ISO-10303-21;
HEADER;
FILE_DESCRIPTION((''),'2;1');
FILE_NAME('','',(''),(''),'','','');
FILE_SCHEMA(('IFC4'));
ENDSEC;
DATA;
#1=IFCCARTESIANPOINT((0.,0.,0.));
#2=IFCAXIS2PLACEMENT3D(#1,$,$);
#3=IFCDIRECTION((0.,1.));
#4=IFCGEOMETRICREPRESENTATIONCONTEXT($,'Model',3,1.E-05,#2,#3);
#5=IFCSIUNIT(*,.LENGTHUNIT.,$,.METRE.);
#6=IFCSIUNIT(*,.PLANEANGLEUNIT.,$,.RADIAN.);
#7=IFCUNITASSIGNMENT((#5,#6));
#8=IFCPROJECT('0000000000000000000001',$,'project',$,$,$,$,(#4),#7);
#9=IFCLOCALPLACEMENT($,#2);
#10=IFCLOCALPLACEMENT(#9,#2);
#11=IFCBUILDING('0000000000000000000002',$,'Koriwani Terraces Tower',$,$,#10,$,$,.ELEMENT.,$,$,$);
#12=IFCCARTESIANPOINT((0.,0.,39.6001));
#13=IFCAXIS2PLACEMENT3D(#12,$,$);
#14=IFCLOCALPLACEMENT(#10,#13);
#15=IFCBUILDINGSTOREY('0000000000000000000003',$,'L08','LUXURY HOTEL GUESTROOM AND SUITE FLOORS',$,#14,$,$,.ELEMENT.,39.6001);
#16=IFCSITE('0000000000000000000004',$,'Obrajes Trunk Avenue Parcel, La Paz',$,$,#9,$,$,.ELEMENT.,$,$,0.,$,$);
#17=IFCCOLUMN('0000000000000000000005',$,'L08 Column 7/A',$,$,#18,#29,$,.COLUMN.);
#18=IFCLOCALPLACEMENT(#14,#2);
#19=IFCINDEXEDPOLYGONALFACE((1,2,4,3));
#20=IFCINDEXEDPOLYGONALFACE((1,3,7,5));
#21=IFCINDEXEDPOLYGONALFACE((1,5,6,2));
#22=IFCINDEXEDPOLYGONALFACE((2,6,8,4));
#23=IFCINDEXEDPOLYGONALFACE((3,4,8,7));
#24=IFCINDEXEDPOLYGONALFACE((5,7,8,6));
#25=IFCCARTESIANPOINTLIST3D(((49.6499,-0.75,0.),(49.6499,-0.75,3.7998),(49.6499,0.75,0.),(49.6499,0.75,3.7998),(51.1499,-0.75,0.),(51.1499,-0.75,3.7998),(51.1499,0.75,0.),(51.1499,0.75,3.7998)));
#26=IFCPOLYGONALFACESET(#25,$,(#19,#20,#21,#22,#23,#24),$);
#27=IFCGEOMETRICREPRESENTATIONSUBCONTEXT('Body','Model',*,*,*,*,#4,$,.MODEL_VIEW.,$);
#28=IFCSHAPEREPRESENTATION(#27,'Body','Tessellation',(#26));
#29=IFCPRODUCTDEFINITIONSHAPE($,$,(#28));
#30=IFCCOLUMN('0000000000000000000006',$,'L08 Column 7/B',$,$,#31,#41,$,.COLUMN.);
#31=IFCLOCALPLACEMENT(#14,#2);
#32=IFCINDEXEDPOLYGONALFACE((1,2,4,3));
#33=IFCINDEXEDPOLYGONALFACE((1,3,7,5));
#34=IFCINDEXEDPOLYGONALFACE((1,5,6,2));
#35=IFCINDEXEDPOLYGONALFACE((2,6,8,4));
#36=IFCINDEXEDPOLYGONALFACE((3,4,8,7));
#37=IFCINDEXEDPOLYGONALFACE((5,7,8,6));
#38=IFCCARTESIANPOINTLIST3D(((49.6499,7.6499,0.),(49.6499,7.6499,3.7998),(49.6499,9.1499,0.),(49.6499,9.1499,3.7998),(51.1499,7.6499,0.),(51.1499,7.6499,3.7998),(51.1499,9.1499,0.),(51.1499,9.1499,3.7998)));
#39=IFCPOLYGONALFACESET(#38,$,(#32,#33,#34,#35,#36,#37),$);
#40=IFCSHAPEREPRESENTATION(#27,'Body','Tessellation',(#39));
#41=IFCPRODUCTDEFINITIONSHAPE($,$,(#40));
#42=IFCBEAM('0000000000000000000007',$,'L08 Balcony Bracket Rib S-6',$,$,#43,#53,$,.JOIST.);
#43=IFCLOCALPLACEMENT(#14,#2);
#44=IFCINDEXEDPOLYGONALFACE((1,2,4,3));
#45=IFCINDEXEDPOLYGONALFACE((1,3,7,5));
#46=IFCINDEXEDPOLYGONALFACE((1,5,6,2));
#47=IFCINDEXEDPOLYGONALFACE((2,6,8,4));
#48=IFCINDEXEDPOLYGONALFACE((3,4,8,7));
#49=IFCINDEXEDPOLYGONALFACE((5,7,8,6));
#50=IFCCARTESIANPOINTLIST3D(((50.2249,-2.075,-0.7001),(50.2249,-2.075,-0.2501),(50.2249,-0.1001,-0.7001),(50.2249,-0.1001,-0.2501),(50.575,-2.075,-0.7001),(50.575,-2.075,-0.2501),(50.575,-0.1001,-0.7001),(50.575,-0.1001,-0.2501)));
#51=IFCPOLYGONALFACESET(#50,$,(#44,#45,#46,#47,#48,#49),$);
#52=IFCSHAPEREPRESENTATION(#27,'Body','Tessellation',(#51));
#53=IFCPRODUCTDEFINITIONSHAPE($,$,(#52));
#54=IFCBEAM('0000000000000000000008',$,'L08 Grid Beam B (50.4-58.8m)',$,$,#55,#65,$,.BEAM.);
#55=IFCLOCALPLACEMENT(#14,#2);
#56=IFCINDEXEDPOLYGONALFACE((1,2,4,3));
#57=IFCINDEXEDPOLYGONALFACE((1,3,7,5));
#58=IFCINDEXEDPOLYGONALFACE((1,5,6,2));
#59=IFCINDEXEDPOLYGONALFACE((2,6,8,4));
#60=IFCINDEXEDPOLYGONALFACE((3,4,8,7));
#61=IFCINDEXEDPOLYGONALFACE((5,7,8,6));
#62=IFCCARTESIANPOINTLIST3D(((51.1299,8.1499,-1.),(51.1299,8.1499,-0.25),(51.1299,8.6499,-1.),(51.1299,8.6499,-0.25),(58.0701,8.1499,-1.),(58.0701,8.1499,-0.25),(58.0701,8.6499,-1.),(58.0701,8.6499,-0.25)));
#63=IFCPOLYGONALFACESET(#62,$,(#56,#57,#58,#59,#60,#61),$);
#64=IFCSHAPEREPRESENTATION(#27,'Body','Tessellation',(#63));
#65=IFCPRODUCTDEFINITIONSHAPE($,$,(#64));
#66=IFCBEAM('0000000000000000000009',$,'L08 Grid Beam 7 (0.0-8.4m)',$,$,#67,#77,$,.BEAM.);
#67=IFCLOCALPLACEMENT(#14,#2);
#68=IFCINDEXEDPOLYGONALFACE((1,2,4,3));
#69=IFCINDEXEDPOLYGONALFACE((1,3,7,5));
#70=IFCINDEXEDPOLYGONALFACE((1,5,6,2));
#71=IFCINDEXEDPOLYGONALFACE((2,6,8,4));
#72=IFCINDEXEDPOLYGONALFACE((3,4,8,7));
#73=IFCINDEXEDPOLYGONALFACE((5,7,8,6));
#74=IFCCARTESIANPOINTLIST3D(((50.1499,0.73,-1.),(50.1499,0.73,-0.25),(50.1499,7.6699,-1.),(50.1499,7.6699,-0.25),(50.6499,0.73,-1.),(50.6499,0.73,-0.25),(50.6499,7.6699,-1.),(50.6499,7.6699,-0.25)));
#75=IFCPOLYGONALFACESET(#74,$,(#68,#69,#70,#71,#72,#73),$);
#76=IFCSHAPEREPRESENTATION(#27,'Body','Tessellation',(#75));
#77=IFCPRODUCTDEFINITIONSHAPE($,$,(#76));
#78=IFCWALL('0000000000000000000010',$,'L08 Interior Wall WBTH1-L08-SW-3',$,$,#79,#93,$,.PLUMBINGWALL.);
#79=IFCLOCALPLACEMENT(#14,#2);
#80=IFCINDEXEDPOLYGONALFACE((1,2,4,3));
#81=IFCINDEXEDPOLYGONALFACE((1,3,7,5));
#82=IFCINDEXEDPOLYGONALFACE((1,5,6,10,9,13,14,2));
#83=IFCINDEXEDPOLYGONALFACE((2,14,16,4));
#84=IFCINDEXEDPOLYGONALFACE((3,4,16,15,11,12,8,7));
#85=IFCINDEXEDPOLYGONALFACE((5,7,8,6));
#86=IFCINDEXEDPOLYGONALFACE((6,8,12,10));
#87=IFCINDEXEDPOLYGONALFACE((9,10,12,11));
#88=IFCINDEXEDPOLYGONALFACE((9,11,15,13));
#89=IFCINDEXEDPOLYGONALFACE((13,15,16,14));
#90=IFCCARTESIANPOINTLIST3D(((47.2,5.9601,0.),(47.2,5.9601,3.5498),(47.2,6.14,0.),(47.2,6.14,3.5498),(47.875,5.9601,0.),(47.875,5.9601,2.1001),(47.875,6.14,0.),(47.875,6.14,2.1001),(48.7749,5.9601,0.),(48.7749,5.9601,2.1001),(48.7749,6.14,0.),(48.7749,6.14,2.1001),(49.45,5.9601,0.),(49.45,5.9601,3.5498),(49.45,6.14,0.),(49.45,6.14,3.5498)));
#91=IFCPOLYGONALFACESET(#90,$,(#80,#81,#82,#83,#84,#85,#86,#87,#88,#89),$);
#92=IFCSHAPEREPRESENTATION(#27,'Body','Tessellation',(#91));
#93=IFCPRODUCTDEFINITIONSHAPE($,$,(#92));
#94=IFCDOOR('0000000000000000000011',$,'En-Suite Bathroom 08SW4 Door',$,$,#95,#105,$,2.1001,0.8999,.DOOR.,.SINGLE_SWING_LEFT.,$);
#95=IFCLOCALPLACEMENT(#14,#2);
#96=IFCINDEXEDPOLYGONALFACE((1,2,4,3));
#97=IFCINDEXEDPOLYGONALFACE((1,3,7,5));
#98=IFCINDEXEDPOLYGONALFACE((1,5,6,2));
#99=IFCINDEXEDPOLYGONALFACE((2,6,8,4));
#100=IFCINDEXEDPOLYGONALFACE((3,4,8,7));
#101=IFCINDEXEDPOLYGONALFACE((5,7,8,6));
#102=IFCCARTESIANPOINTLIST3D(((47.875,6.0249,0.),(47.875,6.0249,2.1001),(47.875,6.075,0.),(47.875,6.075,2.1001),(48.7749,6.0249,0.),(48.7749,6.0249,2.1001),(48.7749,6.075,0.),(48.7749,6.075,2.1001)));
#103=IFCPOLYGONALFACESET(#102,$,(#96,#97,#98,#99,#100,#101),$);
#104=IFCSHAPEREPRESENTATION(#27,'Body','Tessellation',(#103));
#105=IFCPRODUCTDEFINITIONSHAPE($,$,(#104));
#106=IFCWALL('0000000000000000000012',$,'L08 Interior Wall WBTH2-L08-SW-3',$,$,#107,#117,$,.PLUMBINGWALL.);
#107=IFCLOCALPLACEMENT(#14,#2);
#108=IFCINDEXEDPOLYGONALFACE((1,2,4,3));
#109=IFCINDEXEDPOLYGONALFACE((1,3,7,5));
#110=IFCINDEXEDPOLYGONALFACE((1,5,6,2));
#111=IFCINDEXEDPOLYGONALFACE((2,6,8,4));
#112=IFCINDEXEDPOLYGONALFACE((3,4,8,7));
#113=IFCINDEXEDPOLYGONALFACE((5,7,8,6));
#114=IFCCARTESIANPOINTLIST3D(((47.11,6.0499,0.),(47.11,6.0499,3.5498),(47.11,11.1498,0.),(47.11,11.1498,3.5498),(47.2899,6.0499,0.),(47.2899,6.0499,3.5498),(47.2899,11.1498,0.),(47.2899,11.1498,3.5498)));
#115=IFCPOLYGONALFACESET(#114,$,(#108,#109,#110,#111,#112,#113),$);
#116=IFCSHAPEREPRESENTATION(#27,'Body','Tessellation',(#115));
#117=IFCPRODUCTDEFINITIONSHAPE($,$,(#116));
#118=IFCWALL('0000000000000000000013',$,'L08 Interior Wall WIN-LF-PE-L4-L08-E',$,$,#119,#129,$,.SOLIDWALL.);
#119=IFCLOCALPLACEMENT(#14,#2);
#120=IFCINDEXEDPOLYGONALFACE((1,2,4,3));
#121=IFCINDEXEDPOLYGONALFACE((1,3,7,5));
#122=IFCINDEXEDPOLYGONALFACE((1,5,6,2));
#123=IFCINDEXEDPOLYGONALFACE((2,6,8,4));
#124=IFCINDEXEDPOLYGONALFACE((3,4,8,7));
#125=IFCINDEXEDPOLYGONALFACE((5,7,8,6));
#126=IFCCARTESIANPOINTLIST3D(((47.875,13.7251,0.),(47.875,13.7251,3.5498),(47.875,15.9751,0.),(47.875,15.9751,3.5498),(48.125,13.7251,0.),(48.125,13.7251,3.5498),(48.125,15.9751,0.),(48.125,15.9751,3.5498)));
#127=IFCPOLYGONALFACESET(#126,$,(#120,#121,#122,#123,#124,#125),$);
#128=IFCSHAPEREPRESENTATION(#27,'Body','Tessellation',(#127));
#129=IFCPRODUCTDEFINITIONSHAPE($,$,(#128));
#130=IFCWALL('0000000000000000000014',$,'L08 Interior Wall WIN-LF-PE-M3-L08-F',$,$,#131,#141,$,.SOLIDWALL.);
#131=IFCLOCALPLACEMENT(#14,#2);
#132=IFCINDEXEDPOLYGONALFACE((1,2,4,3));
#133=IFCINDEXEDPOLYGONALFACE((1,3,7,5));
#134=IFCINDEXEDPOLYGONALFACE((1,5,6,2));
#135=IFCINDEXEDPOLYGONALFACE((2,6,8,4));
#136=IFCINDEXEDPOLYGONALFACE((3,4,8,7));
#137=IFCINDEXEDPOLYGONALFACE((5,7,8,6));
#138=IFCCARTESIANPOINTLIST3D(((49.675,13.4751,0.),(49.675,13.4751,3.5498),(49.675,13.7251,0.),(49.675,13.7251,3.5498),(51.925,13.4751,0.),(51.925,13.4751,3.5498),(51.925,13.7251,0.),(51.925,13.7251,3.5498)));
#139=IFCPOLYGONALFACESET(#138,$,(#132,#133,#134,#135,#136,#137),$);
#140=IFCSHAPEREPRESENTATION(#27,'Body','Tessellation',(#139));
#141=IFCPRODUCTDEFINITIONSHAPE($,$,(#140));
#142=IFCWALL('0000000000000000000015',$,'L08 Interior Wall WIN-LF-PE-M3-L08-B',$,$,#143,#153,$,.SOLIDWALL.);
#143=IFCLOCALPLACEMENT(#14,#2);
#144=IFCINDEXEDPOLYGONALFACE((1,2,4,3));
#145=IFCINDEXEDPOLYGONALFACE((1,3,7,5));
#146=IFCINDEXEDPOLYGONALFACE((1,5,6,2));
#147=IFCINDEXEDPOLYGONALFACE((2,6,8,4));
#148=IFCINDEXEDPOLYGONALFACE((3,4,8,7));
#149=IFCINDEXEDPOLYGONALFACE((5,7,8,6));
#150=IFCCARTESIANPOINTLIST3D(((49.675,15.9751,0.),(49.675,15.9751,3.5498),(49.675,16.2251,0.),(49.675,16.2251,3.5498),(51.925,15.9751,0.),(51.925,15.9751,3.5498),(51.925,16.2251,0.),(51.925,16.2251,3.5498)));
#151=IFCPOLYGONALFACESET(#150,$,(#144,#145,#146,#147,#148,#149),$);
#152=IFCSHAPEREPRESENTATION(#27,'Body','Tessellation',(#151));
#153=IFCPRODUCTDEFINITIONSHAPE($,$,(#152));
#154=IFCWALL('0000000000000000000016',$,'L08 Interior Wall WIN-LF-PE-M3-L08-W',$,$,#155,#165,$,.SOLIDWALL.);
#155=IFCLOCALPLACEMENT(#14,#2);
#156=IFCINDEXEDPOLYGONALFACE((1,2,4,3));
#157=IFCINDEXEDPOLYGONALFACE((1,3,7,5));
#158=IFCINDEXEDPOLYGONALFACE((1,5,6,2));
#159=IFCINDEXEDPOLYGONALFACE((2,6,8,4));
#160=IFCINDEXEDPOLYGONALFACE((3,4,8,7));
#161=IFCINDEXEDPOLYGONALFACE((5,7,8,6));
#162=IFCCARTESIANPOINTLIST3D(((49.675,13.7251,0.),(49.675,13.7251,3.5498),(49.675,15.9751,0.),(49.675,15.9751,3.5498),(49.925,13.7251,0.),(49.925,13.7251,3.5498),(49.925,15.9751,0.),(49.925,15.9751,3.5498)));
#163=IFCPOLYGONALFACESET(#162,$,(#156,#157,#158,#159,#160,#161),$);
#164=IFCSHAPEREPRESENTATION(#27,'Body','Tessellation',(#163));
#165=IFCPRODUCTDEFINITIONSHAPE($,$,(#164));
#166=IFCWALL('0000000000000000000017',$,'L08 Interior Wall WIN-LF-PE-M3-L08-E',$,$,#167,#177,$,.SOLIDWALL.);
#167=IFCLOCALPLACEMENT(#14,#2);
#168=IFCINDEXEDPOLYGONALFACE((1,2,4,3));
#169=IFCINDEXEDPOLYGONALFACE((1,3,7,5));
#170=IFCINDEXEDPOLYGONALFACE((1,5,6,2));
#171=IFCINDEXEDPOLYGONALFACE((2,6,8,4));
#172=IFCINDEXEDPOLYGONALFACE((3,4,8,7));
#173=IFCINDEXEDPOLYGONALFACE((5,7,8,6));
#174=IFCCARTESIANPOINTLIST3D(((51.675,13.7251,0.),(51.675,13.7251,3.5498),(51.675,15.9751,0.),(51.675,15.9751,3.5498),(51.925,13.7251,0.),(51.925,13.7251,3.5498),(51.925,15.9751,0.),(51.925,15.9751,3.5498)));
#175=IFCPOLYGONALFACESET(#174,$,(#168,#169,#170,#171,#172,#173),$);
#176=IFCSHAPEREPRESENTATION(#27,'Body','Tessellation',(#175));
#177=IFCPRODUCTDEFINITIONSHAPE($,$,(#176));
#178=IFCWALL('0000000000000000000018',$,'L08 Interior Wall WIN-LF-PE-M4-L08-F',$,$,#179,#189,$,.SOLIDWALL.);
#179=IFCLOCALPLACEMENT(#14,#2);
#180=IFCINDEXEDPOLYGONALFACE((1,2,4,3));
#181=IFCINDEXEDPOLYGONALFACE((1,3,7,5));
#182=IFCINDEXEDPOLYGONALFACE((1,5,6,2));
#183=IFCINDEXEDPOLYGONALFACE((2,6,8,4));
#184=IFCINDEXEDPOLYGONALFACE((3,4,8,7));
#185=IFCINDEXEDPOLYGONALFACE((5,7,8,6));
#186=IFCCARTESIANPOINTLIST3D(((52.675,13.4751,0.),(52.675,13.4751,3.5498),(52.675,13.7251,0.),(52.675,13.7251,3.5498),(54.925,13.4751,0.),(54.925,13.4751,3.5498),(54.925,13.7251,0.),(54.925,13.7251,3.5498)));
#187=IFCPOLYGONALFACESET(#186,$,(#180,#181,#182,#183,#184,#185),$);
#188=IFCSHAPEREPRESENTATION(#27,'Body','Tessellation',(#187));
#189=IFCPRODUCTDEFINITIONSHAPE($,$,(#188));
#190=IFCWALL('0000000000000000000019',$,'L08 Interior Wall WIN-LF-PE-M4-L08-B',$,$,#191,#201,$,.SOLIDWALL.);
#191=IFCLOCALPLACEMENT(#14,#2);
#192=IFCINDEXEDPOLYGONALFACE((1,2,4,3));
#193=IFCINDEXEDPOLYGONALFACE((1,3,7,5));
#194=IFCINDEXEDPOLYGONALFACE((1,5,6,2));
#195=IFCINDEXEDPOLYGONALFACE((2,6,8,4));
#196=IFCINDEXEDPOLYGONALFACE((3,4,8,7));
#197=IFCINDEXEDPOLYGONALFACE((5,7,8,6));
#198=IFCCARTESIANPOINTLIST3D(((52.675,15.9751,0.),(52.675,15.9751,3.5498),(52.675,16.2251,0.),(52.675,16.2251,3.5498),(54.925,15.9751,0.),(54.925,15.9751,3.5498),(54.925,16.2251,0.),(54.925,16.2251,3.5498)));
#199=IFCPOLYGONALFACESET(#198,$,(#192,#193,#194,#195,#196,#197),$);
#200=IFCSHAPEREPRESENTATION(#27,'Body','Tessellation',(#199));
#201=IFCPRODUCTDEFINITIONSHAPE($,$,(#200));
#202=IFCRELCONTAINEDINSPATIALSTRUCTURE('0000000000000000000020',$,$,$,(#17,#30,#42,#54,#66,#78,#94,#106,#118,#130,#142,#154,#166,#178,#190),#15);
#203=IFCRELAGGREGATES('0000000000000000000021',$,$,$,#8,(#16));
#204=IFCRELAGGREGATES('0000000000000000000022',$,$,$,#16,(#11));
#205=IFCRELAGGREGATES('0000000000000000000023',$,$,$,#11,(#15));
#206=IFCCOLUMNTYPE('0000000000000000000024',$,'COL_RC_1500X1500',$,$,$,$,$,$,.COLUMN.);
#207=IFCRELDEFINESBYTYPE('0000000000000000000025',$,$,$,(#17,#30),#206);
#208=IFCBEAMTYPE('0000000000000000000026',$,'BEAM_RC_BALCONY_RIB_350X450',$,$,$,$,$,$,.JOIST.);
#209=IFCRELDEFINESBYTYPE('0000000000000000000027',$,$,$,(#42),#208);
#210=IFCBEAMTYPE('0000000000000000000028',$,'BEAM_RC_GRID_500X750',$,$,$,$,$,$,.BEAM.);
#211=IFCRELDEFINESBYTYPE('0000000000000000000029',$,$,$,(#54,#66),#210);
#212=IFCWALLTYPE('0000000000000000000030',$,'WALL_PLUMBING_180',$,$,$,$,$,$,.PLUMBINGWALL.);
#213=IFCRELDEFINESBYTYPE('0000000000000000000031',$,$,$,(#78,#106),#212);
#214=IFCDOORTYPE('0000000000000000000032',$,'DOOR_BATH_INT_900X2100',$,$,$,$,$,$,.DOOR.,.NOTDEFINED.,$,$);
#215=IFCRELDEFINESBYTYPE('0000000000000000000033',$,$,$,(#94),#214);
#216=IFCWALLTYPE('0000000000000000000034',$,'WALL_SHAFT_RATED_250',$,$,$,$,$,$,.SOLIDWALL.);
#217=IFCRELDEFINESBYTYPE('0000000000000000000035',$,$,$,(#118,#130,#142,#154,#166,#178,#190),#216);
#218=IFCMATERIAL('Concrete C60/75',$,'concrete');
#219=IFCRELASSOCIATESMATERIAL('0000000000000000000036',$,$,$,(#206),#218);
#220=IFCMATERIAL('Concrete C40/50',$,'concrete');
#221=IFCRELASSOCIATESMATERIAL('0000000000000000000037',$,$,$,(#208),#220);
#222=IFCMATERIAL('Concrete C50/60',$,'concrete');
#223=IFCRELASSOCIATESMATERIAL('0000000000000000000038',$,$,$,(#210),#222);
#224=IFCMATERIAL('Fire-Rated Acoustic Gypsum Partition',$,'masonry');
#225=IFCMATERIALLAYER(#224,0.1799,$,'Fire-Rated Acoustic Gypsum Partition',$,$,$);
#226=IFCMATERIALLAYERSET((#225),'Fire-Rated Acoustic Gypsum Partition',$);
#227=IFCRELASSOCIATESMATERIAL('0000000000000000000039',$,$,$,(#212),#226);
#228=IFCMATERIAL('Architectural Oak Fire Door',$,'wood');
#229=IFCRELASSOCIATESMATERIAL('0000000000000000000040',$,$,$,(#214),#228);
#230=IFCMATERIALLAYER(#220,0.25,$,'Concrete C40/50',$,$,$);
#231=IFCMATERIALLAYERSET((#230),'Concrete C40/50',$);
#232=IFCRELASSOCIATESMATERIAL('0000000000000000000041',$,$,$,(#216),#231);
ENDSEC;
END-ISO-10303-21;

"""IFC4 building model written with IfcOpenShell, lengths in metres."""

from ifc_helpers import new_model, si_unit, direction, frame, frame_2d, origin, origin_2d, place, context, subcontext, project, spatial, rectangle, extrude, material, layer, layer_set, material_profile, profile_set, type_object, element, fill, save


model = new_model("IFC4")

# Units and contexts
model_context = context("Model", 3, precision=1e-05, world=origin(), true_north=direction((0.0, 1.0)))
body_context = subcontext(model_context, "Body", "Model", "MODEL_VIEW")
ifc_project = project(units=[si_unit("LENGTHUNIT", "METRE"), si_unit("PLANEANGLEUNIT", "RADIAN")], contexts=[model_context])

# Site, building, storey
site_placement = place(None, origin())
site = spatial("IfcSite", under=ifc_project, at=site_placement, Name="Obrajes Trunk Avenue Parcel, La Paz", CompositionType="ELEMENT", RefElevation=0.0)
building_placement = place(site_placement, origin())
building = spatial("IfcBuilding", under=site, at=building_placement, Name="Koriwani Terraces Tower", CompositionType="ELEMENT")
storey_placement = place(building_placement, frame((0.0, 0.0, 39.6001)))
storey = spatial("IfcBuildingStorey", under=building, at=storey_placement, Name="L08", Description="LUXURY HOTEL GUESTROOM AND SUITE FLOORS", CompositionType="ELEMENT", Elevation=39.6001)

# Columns
ifc_material_1 = material(Name="Concrete C60/75", Category="concrete")
ifc_material_profile_1 = material_profile(ifc_material_1, rectangle(XDim=1.5, YDim=1.5, at=origin_2d()), Name="Concrete C60/75", Category="LoadBearing")
ifc_profile_set_1 = profile_set([ifc_material_profile_1], Name="Concrete C60/75")
column_type = type_object("IfcColumnType", Name="COL_RC_1500X1500", PredefinedType="COLUMN", material=ifc_profile_set_1)
for number, where, z_axis, x_axis, name in (
    (1, (50.3999, 0.0, 0.0), (0.0, 0.0, 1.0), (1.0, 0.0, 0.0), "L08 Column 7/A"),
    (2, (50.3999, 8.3999, 0.0), (0.0, 0.0, 1.0), (1.0, 0.0, 0.0), "L08 Column 7/B"),
):
    element("IfcColumn", number, at=place(storey_placement, frame(where, z_axis=z_axis, x_axis=x_axis)), inside=storey, type_object=column_type, Name=name, PredefinedType="COLUMN", context=body_context, shape_type="SweptSolid", body=[
        extrude(rectangle(XDim=1.5, YDim=1.5, at=origin_2d()), origin(), (0.0, 0.0, 1.0), 3.7998),
    ])

# Beams
ifc_material_2 = material(Name="Concrete C40/50", Category="concrete")
ifc_material_profile_2 = material_profile(ifc_material_2, rectangle(XDim=0.3501, YDim=0.45, at=origin_2d()), Name="Concrete C40/50", Category="LoadBearing")
ifc_profile_set_2 = profile_set([ifc_material_profile_2], Name="Concrete C40/50")
beam_type_1 = type_object("IfcBeamType", Name="BEAM_RC_BALCONY_RIB_350X450", PredefinedType="JOIST", material=ifc_profile_set_2)
beam_1_placement = place(storey_placement, frame((50.3999, -2.075, -0.4751), z_axis=(0.0, 1.0, 0.0), x_axis=(-1.0, 0.0, 0.0)))
element("IfcBeam", 3, at=beam_1_placement, inside=storey, type_object=beam_type_1, Name="L08 Balcony Bracket Rib S-6", PredefinedType="JOIST", context=body_context, shape_type="SweptSolid", body=[
    extrude(rectangle(XDim=0.3501, YDim=0.45, at=origin_2d()), origin(), (0.0, 0.0, 1.0), 1.9749),
])
ifc_material_3 = material(Name="Concrete C50/60", Category="concrete")
ifc_material_profile_3 = material_profile(ifc_material_3, rectangle(XDim=0.5, YDim=0.75, at=origin_2d()), Name="Concrete C50/60", Category="LoadBearing")
ifc_profile_set_3 = profile_set([ifc_material_profile_3], Name="Concrete C50/60")
beam_type_2 = type_object("IfcBeamType", Name="BEAM_RC_GRID_500X750", PredefinedType="BEAM", material=ifc_profile_set_3)
beam_2_placement = place(storey_placement, frame((51.1299, 8.3999, -0.625), z_axis=(1.0, 0.0, 0.0), x_axis=(0.0, 1.0, 0.0)))
element("IfcBeam", 4, at=beam_2_placement, inside=storey, type_object=beam_type_2, Name="L08 Grid Beam B (50.4-58.8m)", PredefinedType="BEAM", context=body_context, shape_type="SweptSolid", body=[
    extrude(rectangle(XDim=0.5, YDim=0.75, at=origin_2d()), origin(), (0.0, 0.0, 1.0), 6.9402),
])
beam_3_placement = place(storey_placement, frame((50.3999, 0.73, -0.625), z_axis=(0.0, 1.0, 0.0), x_axis=(-1.0, 0.0, 0.0)))
element("IfcBeam", 5, at=beam_3_placement, inside=storey, type_object=beam_type_2, Name="L08 Grid Beam 7 (0.0-8.4m)", PredefinedType="BEAM", context=body_context, shape_type="SweptSolid", body=[
    extrude(rectangle(XDim=0.5, YDim=0.75, at=origin_2d()), origin(), (0.0, 0.0, 1.0), 6.9399),
])

# Wall, opening, door
ifc_material_4 = material(Name="Fire-Rated Acoustic Gypsum Partition", Category="masonry")
ifc_layer_1 = layer(ifc_material_4, 0.1799, Name="Fire-Rated Acoustic Gypsum Partition")
ifc_layer_set_1 = layer_set([ifc_layer_1], Name="Fire-Rated Acoustic Gypsum Partition")
wall_type_1 = type_object("IfcWallType", Name="WALL_PLUMBING_180", PredefinedType="PLUMBINGWALL", material=ifc_layer_set_1)
wall_1_placement = place(storey_placement, frame((47.2, 6.05, 0.0), z_axis=(0.0, 0.0, 1.0), x_axis=(1.0, 0.0, 0.0)))
wall_1 = element("IfcWall", 6, at=wall_1_placement, inside=storey, type_object=wall_type_1, Name="L08 Interior Wall WBTH1-L08-SW-3", PredefinedType="PLUMBINGWALL", context=body_context, shape_type="SweptSolid", body=[
    extrude(rectangle(XDim=2.25, YDim=0.1799, at=frame_2d((1.125, 0.0))), origin(), (0.0, 0.0, 1.0), 3.5498),
])
opening_placement = place(wall_1_placement, frame((0.675, 0.0, 0.0)))
opening = element("IfcOpeningElement", 7, at=opening_placement, cuts=wall_1, PredefinedType="OPENING", context=body_context, shape_type="SweptSolid", body=[
    extrude(rectangle(XDim=0.8999, YDim=2.1001, at=frame_2d((0.45, 1.05))), frame((0.0, 0.1001, 0.0), z_axis=(0.0, -1.0, 0.0), x_axis=(1.0, 0.0, 0.0)), (0.0, 0.0, 1.0), 0.2),
])
ifc_material_5 = material(Name="Architectural Oak Fire Door", Category="wood")
door_type = type_object("IfcDoorType", Name="DOOR_BATH_INT_900X2100", OperationType="NOTDEFINED", PredefinedType="DOOR", material=ifc_material_5)
door_placement = place(opening_placement, origin())
door = element("IfcDoor", 8, at=door_placement, inside=storey, type_object=door_type, Name="En-Suite Bathroom 08SW4 Door", OperationType="SINGLE_SWING_LEFT", OverallHeight=2.1001, OverallWidth=0.8999, PredefinedType="DOOR", context=body_context, shape_type="SweptSolid", body=[
    extrude(rectangle(XDim=0.8999, YDim=2.1001, at=frame_2d((0.45, 1.05))), frame((0.0, 0.0249, 0.0), z_axis=(0.0, -1.0, 0.0), x_axis=(1.0, 0.0, 0.0)), (0.0, 0.0, 1.0), 0.05),
])
fill(opening, door)

# Walls
wall_2_placement = place(storey_placement, frame((47.2, 6.05, 0.0), z_axis=(0.0, 0.0, 1.0), x_axis=(0.0, 1.0, 0.0)))
element("IfcWall", 9, at=wall_2_placement, inside=storey, type_object=wall_type_1, Name="L08 Interior Wall WBTH2-L08-SW-3", PredefinedType="PLUMBINGWALL", context=body_context, shape_type="SweptSolid", body=[
    extrude(rectangle(XDim=5.0999, YDim=0.1799, at=frame_2d((2.5498, 0.0))), origin(), (0.0, 0.0, 1.0), 3.5498),
])
ifc_layer_2 = layer(ifc_material_2, 0.25, Name="Concrete C40/50")
ifc_layer_set_2 = layer_set([ifc_layer_2], Name="Concrete C40/50")
wall_type_2 = type_object("IfcWallType", Name="WALL_SHAFT_RATED_250", PredefinedType="SOLIDWALL", material=ifc_layer_set_2)
for number, where, z_axis, x_axis, name in (
    (10, (48.0, 13.7251, 0.0), (0.0, 0.0, 1.0), (0.0, 1.0, 0.0), "L08 Interior Wall WIN-LF-PE-L4-L08-E"),
    (11, (49.675, 13.6001, 0.0), (0.0, 0.0, 1.0), (1.0, 0.0, 0.0), "L08 Interior Wall WIN-LF-PE-M3-L08-F"),
    (12, (49.675, 16.1001, 0.0), (0.0, 0.0, 1.0), (1.0, 0.0, 0.0), "L08 Interior Wall WIN-LF-PE-M3-L08-B"),
    (13, (49.8, 13.7251, 0.0), (0.0, 0.0, 1.0), (0.0, 1.0, 0.0), "L08 Interior Wall WIN-LF-PE-M3-L08-W"),
    (14, (51.8, 13.7251, 0.0), (0.0, 0.0, 1.0), (0.0, 1.0, 0.0), "L08 Interior Wall WIN-LF-PE-M3-L08-E"),
    (15, (52.675, 13.6001, 0.0), (0.0, 0.0, 1.0), (1.0, 0.0, 0.0), "L08 Interior Wall WIN-LF-PE-M4-L08-F"),
    (16, (52.675, 16.1001, 0.0), (0.0, 0.0, 1.0), (1.0, 0.0, 0.0), "L08 Interior Wall WIN-LF-PE-M4-L08-B"),
):
    element("IfcWall", number, at=place(storey_placement, frame(where, z_axis=z_axis, x_axis=x_axis)), inside=storey, type_object=wall_type_2, Name=name, PredefinedType="SOLIDWALL", context=body_context, shape_type="SweptSolid", body=[
        extrude(rectangle(XDim=2.25, YDim=0.25, at=frame_2d((1.125, 0.0))), origin(), (0.0, 0.0, 1.0), 3.5498),
    ])

save(model, "model.ifc")
